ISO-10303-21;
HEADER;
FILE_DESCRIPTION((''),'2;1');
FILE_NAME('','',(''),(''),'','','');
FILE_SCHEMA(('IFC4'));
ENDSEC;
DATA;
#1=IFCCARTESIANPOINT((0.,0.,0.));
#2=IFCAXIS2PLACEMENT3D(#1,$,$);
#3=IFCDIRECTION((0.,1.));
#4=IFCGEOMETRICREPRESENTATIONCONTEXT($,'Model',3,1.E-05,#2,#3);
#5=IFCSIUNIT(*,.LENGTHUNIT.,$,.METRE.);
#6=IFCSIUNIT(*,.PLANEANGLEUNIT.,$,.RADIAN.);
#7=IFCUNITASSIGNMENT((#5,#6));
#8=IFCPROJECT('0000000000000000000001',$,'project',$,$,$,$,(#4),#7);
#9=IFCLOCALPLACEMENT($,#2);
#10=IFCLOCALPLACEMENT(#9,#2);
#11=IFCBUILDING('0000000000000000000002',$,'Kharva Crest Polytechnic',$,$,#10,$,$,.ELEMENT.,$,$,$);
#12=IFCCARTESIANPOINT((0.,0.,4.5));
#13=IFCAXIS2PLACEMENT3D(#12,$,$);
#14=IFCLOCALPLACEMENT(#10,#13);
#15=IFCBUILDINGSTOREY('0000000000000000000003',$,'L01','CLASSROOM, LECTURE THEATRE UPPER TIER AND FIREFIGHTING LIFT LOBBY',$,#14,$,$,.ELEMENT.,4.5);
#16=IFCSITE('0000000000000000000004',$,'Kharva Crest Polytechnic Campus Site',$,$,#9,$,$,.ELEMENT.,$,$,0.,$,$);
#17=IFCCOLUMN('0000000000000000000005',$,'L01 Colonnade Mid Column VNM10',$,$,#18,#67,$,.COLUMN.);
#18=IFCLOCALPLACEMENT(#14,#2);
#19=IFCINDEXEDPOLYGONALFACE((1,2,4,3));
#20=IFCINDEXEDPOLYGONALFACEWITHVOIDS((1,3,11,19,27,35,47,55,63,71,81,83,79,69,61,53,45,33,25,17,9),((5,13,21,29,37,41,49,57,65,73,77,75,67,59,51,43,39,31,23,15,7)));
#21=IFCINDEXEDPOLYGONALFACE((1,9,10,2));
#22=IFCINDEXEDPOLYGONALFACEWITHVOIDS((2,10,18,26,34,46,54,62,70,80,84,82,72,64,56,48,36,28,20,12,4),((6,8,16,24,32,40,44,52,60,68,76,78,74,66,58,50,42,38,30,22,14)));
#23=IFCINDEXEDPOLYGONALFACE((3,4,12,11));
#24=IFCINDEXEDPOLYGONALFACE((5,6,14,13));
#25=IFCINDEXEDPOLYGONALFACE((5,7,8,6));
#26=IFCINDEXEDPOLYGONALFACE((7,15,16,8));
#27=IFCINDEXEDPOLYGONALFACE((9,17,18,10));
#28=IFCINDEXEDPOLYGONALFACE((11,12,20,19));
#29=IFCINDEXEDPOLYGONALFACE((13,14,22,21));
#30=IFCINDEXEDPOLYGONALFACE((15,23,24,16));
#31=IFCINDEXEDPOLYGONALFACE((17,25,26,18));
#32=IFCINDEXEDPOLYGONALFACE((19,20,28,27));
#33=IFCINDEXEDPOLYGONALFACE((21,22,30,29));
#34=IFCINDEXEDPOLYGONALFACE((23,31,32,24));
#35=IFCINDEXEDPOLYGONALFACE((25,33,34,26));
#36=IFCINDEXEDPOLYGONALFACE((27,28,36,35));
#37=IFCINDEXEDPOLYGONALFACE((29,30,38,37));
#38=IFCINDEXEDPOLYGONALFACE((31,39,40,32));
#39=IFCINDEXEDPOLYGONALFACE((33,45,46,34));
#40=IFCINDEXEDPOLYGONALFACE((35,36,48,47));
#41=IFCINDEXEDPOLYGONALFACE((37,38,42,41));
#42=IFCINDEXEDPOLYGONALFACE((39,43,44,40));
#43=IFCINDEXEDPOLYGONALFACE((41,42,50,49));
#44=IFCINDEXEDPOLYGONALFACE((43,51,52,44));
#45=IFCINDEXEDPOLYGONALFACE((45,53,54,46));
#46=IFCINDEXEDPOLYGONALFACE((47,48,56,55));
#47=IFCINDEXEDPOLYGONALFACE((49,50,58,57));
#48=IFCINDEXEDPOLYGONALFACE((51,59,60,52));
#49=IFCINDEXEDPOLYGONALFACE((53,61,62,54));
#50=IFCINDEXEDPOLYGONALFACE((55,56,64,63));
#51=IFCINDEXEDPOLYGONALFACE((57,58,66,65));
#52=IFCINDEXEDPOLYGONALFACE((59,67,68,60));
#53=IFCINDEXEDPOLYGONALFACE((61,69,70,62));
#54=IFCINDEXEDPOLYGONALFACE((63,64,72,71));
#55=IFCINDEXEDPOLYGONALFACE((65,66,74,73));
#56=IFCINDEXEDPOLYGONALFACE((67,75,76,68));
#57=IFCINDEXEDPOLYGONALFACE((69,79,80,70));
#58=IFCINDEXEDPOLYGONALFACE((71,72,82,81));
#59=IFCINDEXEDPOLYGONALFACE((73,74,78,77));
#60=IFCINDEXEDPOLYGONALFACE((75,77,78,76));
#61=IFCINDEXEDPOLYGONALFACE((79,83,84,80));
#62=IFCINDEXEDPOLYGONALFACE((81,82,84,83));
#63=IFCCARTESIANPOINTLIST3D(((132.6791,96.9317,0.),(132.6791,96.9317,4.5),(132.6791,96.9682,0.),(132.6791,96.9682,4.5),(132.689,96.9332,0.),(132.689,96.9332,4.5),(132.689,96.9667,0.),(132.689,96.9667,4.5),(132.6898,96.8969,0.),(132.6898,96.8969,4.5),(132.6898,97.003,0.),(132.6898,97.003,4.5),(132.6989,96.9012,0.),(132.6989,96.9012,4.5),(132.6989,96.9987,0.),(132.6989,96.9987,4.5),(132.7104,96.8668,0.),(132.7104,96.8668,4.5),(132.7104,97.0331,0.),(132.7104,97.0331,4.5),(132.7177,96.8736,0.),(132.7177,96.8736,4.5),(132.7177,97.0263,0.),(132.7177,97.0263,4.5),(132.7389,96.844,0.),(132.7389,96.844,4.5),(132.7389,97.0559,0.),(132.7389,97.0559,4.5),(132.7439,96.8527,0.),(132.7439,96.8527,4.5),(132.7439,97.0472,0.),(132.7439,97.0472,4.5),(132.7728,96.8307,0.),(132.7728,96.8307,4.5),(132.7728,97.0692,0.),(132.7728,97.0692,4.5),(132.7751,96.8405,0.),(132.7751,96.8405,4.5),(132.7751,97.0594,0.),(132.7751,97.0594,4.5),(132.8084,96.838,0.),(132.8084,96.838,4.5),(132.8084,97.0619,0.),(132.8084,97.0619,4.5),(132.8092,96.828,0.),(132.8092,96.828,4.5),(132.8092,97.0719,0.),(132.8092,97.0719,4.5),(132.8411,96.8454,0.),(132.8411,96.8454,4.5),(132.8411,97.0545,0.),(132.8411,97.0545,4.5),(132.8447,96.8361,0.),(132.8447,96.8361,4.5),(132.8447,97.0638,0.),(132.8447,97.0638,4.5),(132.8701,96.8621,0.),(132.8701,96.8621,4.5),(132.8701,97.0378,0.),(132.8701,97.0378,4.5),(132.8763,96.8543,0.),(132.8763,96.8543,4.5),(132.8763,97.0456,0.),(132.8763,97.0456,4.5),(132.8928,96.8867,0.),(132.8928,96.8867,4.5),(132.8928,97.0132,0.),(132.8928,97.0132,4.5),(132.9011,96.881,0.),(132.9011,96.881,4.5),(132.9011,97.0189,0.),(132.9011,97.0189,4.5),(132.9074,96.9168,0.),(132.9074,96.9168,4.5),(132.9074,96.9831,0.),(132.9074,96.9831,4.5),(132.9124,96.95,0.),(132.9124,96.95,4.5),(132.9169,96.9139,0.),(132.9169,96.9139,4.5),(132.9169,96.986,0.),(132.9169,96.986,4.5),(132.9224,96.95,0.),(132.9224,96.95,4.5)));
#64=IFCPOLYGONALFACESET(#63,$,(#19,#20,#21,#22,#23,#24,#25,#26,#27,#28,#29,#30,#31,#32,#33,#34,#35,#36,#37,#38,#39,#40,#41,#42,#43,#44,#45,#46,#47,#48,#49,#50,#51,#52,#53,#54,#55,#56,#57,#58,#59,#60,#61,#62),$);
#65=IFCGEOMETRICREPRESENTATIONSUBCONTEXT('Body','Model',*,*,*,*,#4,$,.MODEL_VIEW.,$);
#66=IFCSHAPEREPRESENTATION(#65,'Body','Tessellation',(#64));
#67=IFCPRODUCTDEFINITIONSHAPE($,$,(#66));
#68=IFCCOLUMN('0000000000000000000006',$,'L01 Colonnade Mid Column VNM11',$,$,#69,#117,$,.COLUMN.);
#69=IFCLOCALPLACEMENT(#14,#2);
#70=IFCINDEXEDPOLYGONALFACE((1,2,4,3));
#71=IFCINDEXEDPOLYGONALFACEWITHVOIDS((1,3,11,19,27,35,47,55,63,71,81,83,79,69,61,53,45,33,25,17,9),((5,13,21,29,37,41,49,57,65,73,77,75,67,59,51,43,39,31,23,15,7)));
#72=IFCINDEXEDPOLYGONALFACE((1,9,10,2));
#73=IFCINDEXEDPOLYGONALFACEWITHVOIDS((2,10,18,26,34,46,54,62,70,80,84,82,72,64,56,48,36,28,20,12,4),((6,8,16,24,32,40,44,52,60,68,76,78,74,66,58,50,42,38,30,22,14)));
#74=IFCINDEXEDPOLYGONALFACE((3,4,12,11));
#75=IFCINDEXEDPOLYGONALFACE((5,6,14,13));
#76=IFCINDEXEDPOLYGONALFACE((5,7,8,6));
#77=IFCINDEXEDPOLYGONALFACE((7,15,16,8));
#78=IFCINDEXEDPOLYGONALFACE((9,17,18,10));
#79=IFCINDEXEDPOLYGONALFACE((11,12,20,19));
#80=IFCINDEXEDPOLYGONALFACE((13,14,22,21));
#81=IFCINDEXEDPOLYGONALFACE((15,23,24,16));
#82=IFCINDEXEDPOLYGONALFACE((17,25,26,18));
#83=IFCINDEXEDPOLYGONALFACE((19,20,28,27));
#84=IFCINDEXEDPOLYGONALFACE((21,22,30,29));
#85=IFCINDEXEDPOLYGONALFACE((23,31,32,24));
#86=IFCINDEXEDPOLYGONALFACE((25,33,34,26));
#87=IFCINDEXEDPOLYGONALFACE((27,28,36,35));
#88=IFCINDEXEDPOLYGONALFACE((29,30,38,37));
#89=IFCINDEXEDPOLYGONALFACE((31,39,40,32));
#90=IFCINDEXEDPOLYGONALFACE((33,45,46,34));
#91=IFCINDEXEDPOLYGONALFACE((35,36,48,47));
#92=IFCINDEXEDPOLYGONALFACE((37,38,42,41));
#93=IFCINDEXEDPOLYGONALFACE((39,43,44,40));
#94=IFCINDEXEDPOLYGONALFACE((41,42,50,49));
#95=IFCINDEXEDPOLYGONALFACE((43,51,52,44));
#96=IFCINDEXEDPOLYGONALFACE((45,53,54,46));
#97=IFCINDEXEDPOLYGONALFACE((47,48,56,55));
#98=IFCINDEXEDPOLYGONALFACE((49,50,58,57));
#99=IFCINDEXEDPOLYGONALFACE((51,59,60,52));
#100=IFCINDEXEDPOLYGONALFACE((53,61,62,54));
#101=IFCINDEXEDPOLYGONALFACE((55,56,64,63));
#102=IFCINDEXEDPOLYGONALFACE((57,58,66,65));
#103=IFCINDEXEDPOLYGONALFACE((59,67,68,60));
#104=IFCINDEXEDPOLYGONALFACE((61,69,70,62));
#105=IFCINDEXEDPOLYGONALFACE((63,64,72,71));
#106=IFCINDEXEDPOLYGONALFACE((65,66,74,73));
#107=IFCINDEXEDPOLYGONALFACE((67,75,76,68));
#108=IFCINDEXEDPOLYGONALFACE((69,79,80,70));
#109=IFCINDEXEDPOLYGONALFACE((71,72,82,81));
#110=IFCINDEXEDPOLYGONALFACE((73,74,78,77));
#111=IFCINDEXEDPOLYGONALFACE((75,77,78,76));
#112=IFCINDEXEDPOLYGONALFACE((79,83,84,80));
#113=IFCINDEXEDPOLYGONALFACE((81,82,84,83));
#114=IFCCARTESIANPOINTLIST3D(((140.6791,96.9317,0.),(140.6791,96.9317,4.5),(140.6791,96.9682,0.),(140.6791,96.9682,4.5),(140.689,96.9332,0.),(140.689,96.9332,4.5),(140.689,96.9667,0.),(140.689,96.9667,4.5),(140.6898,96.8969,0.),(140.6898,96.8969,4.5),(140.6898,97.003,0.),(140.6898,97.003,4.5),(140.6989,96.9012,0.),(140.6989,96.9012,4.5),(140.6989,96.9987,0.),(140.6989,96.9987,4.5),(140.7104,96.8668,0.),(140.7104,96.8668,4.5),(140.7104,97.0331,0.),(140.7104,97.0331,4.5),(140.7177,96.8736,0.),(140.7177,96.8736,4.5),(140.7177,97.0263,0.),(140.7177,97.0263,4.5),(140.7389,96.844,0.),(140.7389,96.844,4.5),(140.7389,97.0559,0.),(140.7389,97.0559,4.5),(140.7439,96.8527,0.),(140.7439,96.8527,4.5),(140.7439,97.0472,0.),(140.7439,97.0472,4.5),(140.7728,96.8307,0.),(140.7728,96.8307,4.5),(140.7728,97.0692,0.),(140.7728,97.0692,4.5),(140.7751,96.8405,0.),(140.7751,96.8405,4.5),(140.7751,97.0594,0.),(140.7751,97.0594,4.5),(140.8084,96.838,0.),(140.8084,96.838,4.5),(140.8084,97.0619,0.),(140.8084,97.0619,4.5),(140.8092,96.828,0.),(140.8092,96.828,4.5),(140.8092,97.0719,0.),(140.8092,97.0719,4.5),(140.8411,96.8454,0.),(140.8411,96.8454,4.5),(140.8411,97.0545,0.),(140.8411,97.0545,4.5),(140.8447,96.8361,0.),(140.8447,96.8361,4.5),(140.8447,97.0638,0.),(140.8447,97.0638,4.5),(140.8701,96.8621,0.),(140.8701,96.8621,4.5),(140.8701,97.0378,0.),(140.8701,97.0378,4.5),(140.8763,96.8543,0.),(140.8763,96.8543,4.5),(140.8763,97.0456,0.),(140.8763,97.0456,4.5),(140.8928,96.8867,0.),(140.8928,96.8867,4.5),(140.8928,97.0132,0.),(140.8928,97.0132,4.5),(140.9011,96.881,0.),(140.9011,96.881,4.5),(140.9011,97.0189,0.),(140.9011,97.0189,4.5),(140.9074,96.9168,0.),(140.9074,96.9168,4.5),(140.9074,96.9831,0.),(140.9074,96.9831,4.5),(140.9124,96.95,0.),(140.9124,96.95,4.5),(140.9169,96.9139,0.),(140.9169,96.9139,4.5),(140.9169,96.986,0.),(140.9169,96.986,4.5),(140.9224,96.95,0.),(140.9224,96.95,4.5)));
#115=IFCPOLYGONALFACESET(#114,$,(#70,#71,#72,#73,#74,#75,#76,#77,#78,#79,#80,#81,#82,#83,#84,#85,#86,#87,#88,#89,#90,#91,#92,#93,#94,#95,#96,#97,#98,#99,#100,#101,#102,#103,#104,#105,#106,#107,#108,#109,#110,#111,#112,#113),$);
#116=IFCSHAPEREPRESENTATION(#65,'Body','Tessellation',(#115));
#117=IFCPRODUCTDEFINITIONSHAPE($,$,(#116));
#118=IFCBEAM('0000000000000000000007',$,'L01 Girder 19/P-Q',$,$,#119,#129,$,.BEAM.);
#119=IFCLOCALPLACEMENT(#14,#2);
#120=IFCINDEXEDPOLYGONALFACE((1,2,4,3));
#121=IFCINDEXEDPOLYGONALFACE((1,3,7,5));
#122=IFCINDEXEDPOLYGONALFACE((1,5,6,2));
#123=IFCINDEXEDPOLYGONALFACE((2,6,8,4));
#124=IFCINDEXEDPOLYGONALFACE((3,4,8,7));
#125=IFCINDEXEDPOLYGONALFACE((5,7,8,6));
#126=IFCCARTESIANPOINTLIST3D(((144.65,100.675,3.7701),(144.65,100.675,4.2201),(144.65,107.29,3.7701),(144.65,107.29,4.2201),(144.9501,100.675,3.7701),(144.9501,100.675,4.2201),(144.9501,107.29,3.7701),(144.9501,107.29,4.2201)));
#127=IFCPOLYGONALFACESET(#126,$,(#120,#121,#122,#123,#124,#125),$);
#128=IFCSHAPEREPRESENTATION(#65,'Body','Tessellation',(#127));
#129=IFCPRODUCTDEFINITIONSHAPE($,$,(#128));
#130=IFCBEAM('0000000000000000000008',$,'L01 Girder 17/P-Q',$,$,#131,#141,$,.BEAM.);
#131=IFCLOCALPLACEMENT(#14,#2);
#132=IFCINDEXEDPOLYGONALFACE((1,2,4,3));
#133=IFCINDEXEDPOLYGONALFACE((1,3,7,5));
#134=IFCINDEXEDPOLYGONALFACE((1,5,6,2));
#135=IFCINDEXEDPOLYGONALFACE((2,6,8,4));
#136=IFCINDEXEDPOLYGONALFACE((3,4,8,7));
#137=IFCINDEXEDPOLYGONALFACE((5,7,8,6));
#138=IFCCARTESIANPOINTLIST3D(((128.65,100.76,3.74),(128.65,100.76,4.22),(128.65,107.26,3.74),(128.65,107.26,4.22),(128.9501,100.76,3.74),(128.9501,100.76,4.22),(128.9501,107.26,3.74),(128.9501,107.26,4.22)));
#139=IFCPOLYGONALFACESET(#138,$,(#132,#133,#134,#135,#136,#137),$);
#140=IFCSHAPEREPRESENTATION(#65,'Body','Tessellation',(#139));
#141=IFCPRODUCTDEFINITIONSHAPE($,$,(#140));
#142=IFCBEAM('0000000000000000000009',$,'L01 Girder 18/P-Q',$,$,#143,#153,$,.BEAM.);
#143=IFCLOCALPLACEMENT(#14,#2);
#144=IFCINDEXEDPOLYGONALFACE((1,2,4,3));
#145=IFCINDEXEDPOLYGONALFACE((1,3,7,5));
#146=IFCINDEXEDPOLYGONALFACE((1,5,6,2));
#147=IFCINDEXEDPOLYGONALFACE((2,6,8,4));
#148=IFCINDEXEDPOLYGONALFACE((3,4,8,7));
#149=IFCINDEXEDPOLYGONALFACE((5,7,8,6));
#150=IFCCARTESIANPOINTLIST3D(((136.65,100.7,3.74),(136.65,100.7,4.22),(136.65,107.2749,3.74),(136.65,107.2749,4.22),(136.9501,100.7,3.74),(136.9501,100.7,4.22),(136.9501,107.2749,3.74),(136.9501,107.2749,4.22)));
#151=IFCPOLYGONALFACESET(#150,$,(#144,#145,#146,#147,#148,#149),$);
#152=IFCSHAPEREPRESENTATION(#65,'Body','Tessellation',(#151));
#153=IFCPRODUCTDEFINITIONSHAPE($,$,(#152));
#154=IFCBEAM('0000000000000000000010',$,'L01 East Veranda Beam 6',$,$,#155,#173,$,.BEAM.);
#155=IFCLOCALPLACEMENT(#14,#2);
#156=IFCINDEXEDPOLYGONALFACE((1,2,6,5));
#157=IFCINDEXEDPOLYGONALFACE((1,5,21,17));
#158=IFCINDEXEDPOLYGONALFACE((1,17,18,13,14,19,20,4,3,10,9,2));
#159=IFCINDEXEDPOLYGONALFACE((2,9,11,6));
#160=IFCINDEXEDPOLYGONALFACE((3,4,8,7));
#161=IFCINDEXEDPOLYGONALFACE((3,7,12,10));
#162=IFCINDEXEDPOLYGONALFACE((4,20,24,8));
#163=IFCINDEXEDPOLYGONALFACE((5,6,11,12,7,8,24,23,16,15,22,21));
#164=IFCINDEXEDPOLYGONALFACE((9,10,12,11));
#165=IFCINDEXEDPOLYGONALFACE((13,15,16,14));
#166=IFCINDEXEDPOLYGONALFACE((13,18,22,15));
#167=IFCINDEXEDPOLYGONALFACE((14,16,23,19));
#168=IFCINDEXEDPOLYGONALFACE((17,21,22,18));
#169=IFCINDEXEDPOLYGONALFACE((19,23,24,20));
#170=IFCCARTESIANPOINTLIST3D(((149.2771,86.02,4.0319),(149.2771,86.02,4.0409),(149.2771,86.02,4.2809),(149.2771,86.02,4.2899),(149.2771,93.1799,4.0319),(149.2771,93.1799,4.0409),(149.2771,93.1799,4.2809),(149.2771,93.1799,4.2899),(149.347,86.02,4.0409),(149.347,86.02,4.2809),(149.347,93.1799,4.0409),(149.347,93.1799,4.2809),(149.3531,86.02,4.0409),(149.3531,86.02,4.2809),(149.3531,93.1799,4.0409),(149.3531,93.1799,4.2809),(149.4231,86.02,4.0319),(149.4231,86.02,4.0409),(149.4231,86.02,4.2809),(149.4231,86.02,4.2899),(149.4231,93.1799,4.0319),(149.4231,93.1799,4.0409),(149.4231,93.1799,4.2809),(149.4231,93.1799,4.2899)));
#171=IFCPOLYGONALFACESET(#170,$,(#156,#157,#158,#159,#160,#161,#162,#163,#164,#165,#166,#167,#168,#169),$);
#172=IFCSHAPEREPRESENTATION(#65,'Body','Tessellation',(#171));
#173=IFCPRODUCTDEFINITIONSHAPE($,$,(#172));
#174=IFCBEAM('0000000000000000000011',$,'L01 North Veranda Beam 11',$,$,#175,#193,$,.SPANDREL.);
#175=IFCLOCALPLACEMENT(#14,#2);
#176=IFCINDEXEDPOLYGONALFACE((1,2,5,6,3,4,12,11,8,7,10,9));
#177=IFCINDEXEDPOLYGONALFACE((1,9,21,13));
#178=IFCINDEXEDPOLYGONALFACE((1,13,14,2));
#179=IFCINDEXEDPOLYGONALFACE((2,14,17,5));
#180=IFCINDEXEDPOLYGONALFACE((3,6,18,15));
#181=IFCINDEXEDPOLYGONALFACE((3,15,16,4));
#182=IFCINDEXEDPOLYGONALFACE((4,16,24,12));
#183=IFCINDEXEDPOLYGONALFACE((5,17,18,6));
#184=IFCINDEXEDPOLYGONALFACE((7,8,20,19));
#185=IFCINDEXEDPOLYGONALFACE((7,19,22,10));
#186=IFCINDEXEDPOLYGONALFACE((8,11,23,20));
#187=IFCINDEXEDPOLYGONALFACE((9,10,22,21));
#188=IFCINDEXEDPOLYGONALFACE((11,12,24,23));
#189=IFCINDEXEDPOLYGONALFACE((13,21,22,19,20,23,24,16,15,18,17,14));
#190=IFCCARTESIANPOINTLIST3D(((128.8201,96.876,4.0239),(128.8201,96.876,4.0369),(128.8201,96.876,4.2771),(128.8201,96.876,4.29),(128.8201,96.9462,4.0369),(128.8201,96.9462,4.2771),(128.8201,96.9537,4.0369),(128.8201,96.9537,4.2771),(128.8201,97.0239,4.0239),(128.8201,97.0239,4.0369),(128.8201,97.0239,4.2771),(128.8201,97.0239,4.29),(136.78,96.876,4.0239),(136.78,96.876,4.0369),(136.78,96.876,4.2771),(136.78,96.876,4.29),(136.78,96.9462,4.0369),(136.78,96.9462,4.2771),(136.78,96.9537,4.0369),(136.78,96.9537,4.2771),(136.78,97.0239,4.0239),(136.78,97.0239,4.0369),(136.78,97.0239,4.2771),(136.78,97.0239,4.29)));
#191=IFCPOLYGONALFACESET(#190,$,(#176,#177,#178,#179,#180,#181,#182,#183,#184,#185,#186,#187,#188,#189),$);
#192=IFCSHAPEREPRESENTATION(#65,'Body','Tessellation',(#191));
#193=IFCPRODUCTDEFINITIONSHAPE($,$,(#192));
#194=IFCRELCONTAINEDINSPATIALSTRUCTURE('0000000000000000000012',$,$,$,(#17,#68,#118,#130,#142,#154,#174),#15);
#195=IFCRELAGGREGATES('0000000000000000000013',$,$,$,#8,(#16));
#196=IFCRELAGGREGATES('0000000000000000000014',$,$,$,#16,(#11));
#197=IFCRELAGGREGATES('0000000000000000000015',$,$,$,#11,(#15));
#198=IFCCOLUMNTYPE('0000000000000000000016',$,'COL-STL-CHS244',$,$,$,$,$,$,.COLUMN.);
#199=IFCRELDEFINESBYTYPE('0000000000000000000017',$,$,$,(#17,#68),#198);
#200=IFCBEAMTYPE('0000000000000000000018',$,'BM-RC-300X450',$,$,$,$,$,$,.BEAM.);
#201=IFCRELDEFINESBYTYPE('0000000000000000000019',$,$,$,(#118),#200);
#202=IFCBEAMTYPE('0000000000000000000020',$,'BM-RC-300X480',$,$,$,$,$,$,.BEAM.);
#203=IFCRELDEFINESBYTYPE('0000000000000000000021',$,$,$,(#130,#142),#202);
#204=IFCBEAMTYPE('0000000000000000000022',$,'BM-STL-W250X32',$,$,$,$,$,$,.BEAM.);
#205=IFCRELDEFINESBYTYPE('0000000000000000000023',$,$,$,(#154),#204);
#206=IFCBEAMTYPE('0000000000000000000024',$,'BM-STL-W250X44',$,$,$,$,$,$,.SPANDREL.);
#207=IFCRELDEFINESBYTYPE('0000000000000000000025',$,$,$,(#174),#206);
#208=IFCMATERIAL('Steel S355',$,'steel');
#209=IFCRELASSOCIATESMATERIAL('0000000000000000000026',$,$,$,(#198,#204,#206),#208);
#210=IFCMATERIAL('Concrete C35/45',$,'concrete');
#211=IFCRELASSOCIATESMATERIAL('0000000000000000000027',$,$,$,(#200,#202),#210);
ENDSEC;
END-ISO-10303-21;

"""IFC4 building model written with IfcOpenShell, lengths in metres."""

from ifc_helpers import new_model, si_unit, direction, frame, origin, origin_2d, place, context, subcontext, project, spatial, rectangle, hollow_circle, i_section, extrude, material, material_profile, profile_set, type_object, element, save


model = new_model("IFC4")

# Units and contexts
model_context = context("Model", 3, precision=1e-05, world=origin(), true_north=direction((0.0, 1.0)))
body_context = subcontext(model_context, "Body", "Model", "MODEL_VIEW")
ifc_project = project(units=[si_unit("LENGTHUNIT", "METRE"), si_unit("PLANEANGLEUNIT", "RADIAN")], contexts=[model_context])

# Site, building, storey
site_placement = place(None, origin())
site = spatial("IfcSite", under=ifc_project, at=site_placement, Name="Kharva Crest Polytechnic Campus Site", CompositionType="ELEMENT", RefElevation=0.0)
building_placement = place(site_placement, origin())
building = spatial("IfcBuilding", under=site, at=building_placement, Name="Kharva Crest Polytechnic", CompositionType="ELEMENT")
storey_placement = place(building_placement, frame((0.0, 0.0, 4.5)))
storey = spatial("IfcBuildingStorey", under=building, at=storey_placement, Name="L01", Description="CLASSROOM, LECTURE THEATRE UPPER TIER AND FIREFIGHTING LIFT LOBBY", CompositionType="ELEMENT", Elevation=4.5)

# Columns
ifc_material_1 = material(Name="Steel S355", Category="steel")
ifc_material_profile_1 = material_profile(ifc_material_1, hollow_circle(Radius=0.1223, WallThickness=0.01, at=origin_2d()), Name="CHS 244.5X10.0")
ifc_profile_set_1 = profile_set([ifc_material_profile_1], Name="Steel S355")
column_type_1 = type_object("IfcColumnType", Name="COL-STL-CHS244", PredefinedType="COLUMN", material=ifc_profile_set_1)
for number, where, z_axis, x_axis, name in (
    (1, (132.8, 96.95, 0.0), (0.0, 0.0, 1.0), (1.0, 0.0, 0.0), "L01 Colonnade Mid Column VNM10"),
    (2, (140.8, 96.95, 0.0), (0.0, 0.0, 1.0), (1.0, 0.0, 0.0), "L01 Colonnade Mid Column VNM11"),
):
    element("IfcColumn", number, at=place(storey_placement, frame(where, z_axis=z_axis, x_axis=x_axis)), inside=storey, type_object=column_type_1, Name=name, PredefinedType="COLUMN", context=body_context, shape_type="SweptSolid", body=[
        extrude(hollow_circle(Radius=0.1223, WallThickness=0.01, at=origin_2d()), origin(), (0.0, 0.0, 1.0), 4.5),
    ])

# Beams
ifc_material_2 = material(Name="Concrete C35/45", Category="concrete")
ifc_material_profile_2 = material_profile(ifc_material_2, rectangle(XDim=0.3, YDim=0.45, at=origin_2d()), Name="RECT 300 X 450")
ifc_profile_set_2 = profile_set([ifc_material_profile_2], Name="Concrete C35/45")
beam_type_1 = type_object("IfcBeamType", Name="BM-RC-300X450", PredefinedType="BEAM", material=ifc_profile_set_2)
beam_1_placement = place(storey_placement, frame((144.8, 100.675, 3.9951), z_axis=(0.0, 1.0, 0.0), x_axis=(-1.0, 0.0, 0.0)))
element("IfcBeam", 3, at=beam_1_placement, inside=storey, type_object=beam_type_1, Name="L01 Girder 19/P-Q", PredefinedType="BEAM", context=body_context, shape_type="SweptSolid", body=[
    extrude(rectangle(XDim=0.3, YDim=0.45, at=origin_2d()), origin(), (0.0, 0.0, 1.0), 6.615),
])
ifc_material_profile_3 = material_profile(ifc_material_2, rectangle(XDim=0.3, YDim=0.48, at=origin_2d()), Name="RECT 300 X 480")
ifc_profile_set_3 = profile_set([ifc_material_profile_3], Name="Concrete C35/45")
beam_type_2 = type_object("IfcBeamType", Name="BM-RC-300X480", PredefinedType="BEAM", material=ifc_profile_set_3)
beam_2_placement = place(storey_placement, frame((128.8, 100.76, 3.98), z_axis=(0.0, 1.0, 0.0), x_axis=(-1.0, 0.0, 0.0)))
element("IfcBeam", 4, at=beam_2_placement, inside=storey, type_object=beam_type_2, Name="L01 Girder 17/P-Q", PredefinedType="BEAM", context=body_context, shape_type="SweptSolid", body=[
    extrude(rectangle(XDim=0.3, YDim=0.48, at=origin_2d()), origin(), (0.0, 0.0, 1.0), 6.5),
])
beam_3_placement = place(storey_placement, frame((136.8, 100.7, 3.98), z_axis=(0.0, 1.0, 0.0), x_axis=(-1.0, 0.0, 0.0)))
element("IfcBeam", 5, at=beam_3_placement, inside=storey, type_object=beam_type_2, Name="L01 Girder 18/P-Q", PredefinedType="BEAM", context=body_context, shape_type="SweptSolid", body=[
    extrude(rectangle(XDim=0.3, YDim=0.48, at=origin_2d()), origin(), (0.0, 0.0, 1.0), 6.575),
])
ifc_material_profile_4 = material_profile(ifc_material_1, i_section(OverallWidth=0.146, OverallDepth=0.2581, WebThickness=0.0061, FlangeThickness=0.009, at=origin_2d()), Name="W250X32.7")
ifc_profile_set_4 = profile_set([ifc_material_profile_4], Name="Steel S355")
beam_type_3 = type_object("IfcBeamType", Name="BM-STL-W250X32", PredefinedType="BEAM", material=ifc_profile_set_4)
beam_4_placement = place(storey_placement, frame((149.3501, 86.02, 4.1609), z_axis=(0.0, 1.0, 0.0), x_axis=(-1.0, 0.0, 0.0)))
element("IfcBeam", 6, at=beam_4_placement, inside=storey, type_object=beam_type_3, Name="L01 East Veranda Beam 6", PredefinedType="BEAM", context=body_context, shape_type="SweptSolid", body=[
    extrude(i_section(OverallWidth=0.146, OverallDepth=0.2581, WebThickness=0.0061, FlangeThickness=0.009, at=origin_2d()), origin(), (0.0, 0.0, 1.0), 7.1599),
])
ifc_material_profile_5 = material_profile(ifc_material_1, i_section(OverallWidth=0.1479, OverallDepth=0.2661, WebThickness=0.0076, FlangeThickness=0.0129, at=origin_2d()), Name="W250X44.8")
ifc_profile_set_5 = profile_set([ifc_material_profile_5], Name="Steel S355")
beam_type_4 = type_object("IfcBeamType", Name="BM-STL-W250X44", PredefinedType="SPANDREL", material=ifc_profile_set_5)
for number, where, z_axis, x_axis, name in (
    (7, (128.8201, 96.95, 4.157), (1.0, 0.0, 0.0), (0.0, 1.0, 0.0), "L01 North Veranda Beam 11"),
):
    element("IfcBeam", number, at=place(storey_placement, frame(where, z_axis=z_axis, x_axis=x_axis)), inside=storey, type_object=beam_type_4, Name=name, PredefinedType="SPANDREL", context=body_context, shape_type="SweptSolid", body=[
        extrude(i_section(OverallWidth=0.1479, OverallDepth=0.2661, WebThickness=0.0076, FlangeThickness=0.0129, at=origin_2d()), origin(), (0.0, 0.0, 1.0), 7.96),
    ])

save(model, "model.ifc")
